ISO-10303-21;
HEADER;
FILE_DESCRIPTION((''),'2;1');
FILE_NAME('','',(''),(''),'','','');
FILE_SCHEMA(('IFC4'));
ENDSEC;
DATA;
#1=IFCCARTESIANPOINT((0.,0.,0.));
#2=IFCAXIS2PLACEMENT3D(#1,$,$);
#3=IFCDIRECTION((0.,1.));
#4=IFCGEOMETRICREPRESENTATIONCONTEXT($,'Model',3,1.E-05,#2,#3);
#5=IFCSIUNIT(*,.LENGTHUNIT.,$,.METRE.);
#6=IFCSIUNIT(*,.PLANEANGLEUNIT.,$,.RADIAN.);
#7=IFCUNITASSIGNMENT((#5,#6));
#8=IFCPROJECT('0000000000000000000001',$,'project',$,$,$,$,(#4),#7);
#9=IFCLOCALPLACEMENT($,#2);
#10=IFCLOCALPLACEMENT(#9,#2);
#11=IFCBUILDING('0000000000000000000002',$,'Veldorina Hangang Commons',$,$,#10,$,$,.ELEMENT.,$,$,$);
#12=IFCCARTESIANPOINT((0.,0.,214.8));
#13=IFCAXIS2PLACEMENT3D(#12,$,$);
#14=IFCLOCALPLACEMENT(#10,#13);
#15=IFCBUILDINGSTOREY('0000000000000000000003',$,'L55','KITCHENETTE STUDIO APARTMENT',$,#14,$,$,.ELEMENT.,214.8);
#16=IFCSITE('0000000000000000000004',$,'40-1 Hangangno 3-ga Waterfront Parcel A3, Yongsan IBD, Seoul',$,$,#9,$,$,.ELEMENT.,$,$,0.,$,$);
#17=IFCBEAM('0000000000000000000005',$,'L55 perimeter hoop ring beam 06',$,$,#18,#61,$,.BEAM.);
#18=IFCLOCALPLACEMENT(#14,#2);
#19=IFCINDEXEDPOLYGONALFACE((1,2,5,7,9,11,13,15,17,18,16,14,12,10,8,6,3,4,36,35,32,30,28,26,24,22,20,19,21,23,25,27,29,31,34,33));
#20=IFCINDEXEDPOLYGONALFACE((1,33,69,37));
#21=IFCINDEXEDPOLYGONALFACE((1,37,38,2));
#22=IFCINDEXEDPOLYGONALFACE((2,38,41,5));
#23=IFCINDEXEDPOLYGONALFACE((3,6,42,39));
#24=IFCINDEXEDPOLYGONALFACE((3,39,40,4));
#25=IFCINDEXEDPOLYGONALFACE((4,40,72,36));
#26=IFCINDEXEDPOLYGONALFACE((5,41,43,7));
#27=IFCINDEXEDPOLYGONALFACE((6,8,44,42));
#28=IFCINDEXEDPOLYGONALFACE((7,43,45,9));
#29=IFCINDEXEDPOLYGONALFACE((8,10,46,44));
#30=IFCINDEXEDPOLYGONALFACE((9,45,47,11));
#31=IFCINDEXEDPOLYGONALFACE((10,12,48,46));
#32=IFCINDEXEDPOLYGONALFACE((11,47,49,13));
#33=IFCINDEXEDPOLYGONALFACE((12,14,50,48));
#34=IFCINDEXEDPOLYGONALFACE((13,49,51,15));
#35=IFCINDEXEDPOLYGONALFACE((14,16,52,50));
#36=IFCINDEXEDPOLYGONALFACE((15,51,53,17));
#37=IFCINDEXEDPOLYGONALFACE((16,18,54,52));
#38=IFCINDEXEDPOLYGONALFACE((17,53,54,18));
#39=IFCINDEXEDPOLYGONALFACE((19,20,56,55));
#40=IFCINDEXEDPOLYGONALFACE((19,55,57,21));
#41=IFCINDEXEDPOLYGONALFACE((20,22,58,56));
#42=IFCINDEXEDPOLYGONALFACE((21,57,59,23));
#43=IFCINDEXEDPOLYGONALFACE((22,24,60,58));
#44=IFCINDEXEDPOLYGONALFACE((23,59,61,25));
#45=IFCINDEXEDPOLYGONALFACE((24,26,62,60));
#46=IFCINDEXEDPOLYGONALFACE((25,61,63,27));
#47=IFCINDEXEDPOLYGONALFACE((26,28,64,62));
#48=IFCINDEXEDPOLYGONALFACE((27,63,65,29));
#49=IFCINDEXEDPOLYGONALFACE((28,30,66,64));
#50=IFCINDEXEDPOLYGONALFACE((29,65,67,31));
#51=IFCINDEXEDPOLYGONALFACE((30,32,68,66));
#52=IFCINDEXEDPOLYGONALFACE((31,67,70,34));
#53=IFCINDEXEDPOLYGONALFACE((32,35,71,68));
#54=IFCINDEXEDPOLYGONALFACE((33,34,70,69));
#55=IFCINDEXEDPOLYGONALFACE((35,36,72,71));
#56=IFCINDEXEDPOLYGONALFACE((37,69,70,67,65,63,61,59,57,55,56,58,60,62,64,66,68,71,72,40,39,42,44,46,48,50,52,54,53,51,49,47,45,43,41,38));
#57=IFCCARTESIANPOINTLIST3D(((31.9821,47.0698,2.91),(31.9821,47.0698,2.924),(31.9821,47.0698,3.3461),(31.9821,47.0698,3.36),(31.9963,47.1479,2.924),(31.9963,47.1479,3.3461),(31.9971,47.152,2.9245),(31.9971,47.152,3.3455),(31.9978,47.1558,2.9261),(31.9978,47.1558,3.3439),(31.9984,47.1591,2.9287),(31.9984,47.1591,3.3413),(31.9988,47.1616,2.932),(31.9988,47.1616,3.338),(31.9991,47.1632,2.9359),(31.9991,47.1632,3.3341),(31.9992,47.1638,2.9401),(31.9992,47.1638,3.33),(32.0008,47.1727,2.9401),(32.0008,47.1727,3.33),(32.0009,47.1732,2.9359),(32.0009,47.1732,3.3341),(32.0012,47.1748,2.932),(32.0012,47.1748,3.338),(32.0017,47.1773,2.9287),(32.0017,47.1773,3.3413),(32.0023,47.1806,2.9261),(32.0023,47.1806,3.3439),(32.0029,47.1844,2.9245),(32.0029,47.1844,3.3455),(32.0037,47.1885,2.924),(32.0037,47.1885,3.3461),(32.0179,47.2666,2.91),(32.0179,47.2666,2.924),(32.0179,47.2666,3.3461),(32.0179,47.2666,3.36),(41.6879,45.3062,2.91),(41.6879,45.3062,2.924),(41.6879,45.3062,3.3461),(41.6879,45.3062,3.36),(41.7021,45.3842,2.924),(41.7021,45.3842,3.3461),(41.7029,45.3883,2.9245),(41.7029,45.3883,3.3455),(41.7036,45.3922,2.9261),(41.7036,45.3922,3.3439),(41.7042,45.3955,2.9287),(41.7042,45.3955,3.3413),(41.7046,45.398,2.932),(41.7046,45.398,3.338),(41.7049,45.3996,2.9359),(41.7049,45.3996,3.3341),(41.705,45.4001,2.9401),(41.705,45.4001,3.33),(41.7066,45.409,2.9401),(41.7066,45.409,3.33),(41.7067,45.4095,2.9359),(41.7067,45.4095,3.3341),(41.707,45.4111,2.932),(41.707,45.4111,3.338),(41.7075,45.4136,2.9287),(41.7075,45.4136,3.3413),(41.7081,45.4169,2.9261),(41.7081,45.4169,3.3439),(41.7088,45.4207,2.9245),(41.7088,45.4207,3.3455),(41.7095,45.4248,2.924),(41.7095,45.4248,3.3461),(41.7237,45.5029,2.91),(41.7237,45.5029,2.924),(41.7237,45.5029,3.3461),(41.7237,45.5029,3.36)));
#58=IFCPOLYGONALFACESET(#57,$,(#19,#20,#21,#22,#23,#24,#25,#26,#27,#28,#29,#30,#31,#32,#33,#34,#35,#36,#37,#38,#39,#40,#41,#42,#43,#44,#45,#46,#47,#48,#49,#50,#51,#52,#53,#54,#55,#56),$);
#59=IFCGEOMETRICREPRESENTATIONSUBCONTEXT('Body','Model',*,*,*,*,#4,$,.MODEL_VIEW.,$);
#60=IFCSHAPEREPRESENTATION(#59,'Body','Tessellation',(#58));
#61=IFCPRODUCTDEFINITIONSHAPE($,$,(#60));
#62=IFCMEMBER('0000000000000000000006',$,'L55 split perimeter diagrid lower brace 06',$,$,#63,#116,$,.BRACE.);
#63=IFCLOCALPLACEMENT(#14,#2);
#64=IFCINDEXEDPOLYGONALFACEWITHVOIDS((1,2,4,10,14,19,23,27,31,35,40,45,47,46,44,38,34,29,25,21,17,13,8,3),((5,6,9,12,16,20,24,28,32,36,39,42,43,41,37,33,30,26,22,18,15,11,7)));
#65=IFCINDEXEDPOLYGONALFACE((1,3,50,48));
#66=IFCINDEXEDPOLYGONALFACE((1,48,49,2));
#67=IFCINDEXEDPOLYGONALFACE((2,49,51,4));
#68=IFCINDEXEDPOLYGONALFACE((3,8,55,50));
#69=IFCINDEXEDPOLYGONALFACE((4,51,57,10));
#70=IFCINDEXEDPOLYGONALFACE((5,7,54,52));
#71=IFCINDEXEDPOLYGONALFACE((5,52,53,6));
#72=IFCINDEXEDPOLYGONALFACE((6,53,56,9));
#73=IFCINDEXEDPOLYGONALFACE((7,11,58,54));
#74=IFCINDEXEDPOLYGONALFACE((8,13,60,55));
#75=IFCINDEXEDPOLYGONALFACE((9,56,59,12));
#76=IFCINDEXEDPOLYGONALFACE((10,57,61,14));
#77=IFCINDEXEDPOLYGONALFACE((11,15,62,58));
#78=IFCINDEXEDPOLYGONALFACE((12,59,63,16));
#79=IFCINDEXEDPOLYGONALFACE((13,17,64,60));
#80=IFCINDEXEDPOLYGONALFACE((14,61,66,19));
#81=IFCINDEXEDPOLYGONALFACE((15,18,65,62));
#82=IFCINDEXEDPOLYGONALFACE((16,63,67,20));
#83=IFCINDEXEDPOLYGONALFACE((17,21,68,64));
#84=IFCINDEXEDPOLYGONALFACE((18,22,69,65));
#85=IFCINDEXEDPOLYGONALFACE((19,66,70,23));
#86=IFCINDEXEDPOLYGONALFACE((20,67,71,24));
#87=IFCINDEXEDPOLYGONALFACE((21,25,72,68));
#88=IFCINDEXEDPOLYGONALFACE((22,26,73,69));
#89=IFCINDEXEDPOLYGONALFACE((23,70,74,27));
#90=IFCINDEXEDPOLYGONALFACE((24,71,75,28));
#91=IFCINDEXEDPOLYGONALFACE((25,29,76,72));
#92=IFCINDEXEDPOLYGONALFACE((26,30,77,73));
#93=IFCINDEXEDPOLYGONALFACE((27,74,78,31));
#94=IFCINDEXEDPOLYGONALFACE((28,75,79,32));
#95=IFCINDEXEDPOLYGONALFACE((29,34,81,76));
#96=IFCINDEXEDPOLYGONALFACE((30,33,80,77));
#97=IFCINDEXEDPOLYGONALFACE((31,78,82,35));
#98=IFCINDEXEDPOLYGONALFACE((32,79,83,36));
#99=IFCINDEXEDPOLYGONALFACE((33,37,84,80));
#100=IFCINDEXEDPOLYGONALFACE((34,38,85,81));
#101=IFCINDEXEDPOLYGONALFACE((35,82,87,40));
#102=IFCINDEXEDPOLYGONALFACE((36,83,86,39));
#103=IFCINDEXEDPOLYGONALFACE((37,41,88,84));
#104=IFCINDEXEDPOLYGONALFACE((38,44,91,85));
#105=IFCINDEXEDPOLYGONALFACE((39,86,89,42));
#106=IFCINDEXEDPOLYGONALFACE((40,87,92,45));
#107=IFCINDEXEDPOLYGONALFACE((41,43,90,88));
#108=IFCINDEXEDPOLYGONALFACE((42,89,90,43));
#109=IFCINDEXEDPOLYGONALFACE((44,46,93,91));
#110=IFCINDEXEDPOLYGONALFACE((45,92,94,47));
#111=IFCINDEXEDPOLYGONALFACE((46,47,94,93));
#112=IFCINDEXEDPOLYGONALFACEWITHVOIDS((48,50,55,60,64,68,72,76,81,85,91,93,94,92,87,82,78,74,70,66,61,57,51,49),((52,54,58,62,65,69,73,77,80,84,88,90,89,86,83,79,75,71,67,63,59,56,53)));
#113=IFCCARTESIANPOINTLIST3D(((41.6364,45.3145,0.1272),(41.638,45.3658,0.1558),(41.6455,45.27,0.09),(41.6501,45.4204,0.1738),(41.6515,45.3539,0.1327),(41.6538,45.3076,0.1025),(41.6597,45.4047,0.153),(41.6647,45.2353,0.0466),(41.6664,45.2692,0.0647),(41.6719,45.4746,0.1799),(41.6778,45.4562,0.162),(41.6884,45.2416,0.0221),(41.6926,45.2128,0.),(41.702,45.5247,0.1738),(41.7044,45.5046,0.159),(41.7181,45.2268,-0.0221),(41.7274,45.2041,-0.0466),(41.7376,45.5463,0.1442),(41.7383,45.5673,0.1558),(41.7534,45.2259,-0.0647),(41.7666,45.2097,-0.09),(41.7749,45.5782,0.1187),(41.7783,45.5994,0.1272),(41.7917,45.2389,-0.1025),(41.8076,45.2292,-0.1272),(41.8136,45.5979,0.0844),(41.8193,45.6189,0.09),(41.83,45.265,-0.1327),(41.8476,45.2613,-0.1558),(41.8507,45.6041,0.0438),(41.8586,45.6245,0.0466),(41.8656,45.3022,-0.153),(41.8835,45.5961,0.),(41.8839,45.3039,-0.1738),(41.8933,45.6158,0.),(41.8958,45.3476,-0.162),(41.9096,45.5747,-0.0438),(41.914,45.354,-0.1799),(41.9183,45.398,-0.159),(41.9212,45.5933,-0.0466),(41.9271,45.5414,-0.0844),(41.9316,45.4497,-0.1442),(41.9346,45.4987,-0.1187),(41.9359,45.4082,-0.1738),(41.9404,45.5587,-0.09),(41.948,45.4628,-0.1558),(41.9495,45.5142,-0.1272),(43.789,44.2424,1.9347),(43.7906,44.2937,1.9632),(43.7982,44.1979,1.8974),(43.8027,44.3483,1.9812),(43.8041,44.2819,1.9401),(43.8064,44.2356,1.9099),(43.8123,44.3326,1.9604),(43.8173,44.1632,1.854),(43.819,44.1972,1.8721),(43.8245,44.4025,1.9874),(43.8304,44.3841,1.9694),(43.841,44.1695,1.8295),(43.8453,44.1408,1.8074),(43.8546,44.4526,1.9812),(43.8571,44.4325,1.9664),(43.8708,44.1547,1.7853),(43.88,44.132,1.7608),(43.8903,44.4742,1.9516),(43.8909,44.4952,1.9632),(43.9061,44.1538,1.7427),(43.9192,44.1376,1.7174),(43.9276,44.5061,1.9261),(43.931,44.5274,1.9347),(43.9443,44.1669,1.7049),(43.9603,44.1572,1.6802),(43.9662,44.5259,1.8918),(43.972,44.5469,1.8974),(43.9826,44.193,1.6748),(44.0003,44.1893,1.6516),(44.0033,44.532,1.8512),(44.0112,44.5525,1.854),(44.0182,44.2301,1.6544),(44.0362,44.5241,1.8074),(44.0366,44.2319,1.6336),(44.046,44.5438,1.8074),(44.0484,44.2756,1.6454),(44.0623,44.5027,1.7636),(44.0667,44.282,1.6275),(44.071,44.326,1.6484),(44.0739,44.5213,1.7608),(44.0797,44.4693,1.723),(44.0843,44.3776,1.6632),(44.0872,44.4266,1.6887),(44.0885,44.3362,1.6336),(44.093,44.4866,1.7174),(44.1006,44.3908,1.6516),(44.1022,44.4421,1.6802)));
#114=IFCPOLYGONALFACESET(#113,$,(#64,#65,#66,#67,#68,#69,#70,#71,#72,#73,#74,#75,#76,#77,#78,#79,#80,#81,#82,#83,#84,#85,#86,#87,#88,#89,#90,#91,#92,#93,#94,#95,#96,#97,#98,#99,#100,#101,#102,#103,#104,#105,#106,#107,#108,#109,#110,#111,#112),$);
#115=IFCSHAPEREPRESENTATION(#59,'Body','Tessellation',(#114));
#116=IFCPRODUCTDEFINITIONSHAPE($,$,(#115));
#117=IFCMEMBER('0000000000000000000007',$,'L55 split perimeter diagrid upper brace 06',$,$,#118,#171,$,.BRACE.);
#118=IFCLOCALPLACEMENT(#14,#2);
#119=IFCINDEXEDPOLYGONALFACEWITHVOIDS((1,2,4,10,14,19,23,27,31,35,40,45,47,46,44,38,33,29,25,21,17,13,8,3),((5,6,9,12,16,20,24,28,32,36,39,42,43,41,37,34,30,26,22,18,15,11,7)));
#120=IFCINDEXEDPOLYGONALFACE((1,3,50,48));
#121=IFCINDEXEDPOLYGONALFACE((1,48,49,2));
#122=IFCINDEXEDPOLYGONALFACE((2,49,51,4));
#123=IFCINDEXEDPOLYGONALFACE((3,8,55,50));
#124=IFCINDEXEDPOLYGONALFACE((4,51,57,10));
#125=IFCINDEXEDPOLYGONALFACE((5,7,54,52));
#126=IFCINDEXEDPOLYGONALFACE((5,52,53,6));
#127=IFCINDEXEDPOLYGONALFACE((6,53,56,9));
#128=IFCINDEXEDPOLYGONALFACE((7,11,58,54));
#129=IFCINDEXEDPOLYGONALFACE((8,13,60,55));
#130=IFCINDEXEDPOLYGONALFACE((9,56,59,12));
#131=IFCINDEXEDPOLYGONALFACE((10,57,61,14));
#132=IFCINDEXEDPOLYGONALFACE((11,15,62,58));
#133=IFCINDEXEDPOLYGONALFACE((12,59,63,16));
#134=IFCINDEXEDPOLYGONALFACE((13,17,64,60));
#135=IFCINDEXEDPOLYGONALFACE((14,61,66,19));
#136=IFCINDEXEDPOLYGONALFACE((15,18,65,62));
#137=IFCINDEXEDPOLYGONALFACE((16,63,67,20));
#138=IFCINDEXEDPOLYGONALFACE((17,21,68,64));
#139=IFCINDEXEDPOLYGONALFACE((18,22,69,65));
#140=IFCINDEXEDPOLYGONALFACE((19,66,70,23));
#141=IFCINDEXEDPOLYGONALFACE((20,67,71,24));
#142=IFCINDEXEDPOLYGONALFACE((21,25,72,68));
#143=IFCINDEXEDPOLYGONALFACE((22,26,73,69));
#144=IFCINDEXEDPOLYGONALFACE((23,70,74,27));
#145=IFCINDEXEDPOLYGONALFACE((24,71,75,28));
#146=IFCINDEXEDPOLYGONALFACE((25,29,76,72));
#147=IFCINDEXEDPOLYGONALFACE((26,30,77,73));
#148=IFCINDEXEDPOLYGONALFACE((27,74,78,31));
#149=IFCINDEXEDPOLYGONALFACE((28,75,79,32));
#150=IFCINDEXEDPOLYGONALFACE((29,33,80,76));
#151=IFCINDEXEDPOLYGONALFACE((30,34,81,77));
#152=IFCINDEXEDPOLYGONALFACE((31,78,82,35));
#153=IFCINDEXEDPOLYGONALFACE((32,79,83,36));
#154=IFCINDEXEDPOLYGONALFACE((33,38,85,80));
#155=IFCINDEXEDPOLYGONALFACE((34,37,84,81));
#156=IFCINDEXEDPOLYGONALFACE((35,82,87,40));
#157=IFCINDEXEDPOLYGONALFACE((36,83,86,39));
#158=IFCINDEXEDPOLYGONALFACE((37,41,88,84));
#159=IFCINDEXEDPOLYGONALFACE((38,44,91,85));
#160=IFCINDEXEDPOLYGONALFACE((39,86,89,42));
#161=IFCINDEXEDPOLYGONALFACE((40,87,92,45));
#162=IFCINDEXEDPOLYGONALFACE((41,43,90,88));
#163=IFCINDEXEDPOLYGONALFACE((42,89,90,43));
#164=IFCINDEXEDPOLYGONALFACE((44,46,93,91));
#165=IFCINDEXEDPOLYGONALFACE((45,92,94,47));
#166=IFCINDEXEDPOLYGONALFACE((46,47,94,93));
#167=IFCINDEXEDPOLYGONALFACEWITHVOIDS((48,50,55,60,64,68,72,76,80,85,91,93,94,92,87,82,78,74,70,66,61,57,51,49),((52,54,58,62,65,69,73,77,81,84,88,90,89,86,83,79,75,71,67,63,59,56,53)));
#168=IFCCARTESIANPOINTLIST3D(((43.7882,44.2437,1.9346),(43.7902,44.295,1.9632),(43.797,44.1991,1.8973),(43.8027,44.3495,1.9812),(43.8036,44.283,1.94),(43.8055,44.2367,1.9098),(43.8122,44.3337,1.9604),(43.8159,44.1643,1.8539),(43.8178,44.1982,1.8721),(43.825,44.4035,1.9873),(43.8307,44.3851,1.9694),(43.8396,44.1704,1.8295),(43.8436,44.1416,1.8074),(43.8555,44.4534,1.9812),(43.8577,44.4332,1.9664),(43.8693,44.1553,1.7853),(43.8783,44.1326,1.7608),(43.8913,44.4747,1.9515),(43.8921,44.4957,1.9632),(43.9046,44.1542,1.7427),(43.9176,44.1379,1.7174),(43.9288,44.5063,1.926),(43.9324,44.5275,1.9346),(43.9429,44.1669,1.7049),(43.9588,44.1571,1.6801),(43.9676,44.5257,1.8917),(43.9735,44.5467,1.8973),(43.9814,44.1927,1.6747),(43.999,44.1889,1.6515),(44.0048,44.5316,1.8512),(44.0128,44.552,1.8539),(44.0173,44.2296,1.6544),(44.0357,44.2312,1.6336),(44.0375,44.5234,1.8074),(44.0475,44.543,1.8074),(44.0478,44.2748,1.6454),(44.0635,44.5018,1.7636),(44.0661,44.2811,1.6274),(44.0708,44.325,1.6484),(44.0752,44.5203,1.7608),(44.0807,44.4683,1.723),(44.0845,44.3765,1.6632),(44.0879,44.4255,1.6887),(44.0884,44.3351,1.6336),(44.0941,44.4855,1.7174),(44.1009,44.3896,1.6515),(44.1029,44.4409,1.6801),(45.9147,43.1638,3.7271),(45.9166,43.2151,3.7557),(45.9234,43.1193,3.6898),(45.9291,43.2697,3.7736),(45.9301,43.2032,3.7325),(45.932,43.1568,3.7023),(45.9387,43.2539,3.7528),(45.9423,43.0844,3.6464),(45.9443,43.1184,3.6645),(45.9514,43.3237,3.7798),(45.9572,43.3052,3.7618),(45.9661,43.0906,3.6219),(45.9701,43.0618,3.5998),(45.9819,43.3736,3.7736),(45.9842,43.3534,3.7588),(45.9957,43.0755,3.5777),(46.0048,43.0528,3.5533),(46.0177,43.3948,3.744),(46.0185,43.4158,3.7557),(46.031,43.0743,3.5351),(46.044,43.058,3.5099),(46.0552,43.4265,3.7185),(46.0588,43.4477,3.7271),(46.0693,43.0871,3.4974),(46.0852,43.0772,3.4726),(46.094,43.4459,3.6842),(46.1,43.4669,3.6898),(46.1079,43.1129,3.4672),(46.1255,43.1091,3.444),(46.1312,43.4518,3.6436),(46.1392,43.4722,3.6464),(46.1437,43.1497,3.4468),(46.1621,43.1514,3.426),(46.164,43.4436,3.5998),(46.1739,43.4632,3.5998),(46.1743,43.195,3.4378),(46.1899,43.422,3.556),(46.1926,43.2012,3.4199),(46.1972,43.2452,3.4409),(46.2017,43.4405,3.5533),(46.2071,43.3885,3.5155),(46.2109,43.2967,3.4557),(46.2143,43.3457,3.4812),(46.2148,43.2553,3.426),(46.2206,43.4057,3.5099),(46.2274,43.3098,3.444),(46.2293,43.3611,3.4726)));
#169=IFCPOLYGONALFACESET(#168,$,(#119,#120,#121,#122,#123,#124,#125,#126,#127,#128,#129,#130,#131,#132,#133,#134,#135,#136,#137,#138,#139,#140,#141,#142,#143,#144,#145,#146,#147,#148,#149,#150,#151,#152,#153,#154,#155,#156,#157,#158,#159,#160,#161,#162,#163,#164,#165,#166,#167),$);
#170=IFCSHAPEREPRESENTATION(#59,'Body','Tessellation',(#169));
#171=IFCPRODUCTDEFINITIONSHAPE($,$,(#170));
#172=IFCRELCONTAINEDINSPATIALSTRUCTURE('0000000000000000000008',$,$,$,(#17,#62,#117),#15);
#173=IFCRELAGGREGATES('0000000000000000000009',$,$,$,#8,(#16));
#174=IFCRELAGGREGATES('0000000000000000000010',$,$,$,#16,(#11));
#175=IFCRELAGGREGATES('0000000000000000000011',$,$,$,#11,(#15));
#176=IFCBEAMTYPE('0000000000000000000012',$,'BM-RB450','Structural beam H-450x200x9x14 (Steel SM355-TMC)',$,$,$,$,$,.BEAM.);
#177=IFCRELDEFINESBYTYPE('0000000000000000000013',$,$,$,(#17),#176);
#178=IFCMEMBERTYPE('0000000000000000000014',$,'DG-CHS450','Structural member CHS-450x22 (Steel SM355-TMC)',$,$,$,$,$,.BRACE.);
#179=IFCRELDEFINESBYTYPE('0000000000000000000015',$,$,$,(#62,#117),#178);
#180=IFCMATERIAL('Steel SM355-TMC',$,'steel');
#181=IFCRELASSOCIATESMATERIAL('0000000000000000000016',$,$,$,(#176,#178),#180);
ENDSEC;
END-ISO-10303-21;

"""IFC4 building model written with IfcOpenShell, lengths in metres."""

from ifc_helpers import new_model, si_unit, direction, frame, origin, origin_2d, place, context, subcontext, project, spatial, hollow_circle, i_section, extrude, material, material_profile, profile_set, type_object, element, save


model = new_model("IFC4")

# Units and contexts
model_context = context("Model", 3, precision=1e-05, world=origin(), true_north=direction((0.0, 1.0)))
body_context = subcontext(model_context, "Body", "Model", "MODEL_VIEW")
ifc_project = project(units=[si_unit("LENGTHUNIT", "METRE"), si_unit("PLANEANGLEUNIT", "RADIAN")], contexts=[model_context])

# Site, building, storey
site_placement = place(None, origin())
site = spatial("IfcSite", under=ifc_project, at=site_placement, Name="40-1 Hangangno 3-ga Waterfront Parcel A3, Yongsan IBD, Seoul", CompositionType="ELEMENT", RefElevation=0.0)
building_placement = place(site_placement, origin())
building = spatial("IfcBuilding", under=site, at=building_placement, Name="Veldorina Hangang Commons", CompositionType="ELEMENT")
storey_placement = place(building_placement, frame((0.0, 0.0, 214.8)))
storey = spatial("IfcBuildingStorey", under=building, at=storey_placement, Name="L55", Description="KITCHENETTE STUDIO APARTMENT", CompositionType="ELEMENT", Elevation=214.8)

# Beam
ifc_material_1 = material(Name="Steel SM355-TMC", Category="steel")
ifc_material_profile_1 = material_profile(ifc_material_1, i_section(OverallWidth=0.2, OverallDepth=0.45, WebThickness=0.009, FlangeThickness=0.0139, FilletRadius=0.0161, at=origin_2d()), Name="H-450x200x9x14")
ifc_profile_set_1 = profile_set([ifc_material_profile_1], Name="Steel SM355-TMC")
beam_type = type_object("IfcBeamType", Name="BM-RB450", Description="Structural beam H-450x200x9x14 (Steel SM355-TMC)", PredefinedType="BEAM", material=ifc_profile_set_1)
beam_placement = place(storey_placement, frame((41.7058, 45.4045, 3.135), z_axis=(-0.983888, 0.178785, 0.0), x_axis=(-0.178785, -0.983888, 0.0)))
element("IfcBeam", 1, at=beam_placement, inside=storey, type_object=beam_type, Name="L55 perimeter hoop ring beam 06", PredefinedType="BEAM", context=body_context, shape_type="SweptSolid", body=[
    extrude(i_section(OverallWidth=0.2, OverallDepth=0.45, WebThickness=0.009, FlangeThickness=0.0139, FilletRadius=0.0161, at=origin_2d()), origin(), (0.0, 0.0, 1.0), 9.8647),
])

# Members
ifc_material_profile_2 = material_profile(ifc_material_1, hollow_circle(Radius=0.2251, WallThickness=0.022, at=origin_2d()), Name="CHS-450x22")
ifc_profile_set_2 = profile_set([ifc_material_profile_2], Name="Steel SM355-TMC")
member_type_1 = type_object("IfcMemberType", Name="DG-CHS450", Description="Structural member CHS-450x22 (Steel SM355-TMC)", PredefinedType="BRACE", material=ifc_profile_set_2)
member_1_placement = place(storey_placement, frame((41.793, 45.4143, 0.0), z_axis=(0.715566, -0.356363, 0.600809), x_axis=(0.445792, 0.895137, 0.0)))
element("IfcMember", 2, at=member_1_placement, inside=storey, type_object=member_type_1, Name="L55 split perimeter diagrid lower brace 06", PredefinedType="BRACE", context=body_context, shape_type="SweptSolid", body=[
    extrude(hollow_circle(Radius=0.2251, WallThickness=0.022, at=origin_2d()), origin(), (0.0, 0.0, 1.0), 3.0083),
])
member_2_placement = place(storey_placement, frame((43.9456, 44.3423, 1.8074), z_axis=(0.712757, -0.361943, 0.600811), x_axis=(0.452774, 0.891625, 0.0)))
element("IfcMember", 3, at=member_2_placement, inside=storey, type_object=member_type_1, Name="L55 split perimeter diagrid upper brace 06", PredefinedType="BRACE", context=body_context, shape_type="SweptSolid", body=[
    extrude(hollow_circle(Radius=0.2251, WallThickness=0.022, at=origin_2d()), origin(), (0.0, 0.0, 1.0), 2.9834),
])

save(model, "model.ifc")
